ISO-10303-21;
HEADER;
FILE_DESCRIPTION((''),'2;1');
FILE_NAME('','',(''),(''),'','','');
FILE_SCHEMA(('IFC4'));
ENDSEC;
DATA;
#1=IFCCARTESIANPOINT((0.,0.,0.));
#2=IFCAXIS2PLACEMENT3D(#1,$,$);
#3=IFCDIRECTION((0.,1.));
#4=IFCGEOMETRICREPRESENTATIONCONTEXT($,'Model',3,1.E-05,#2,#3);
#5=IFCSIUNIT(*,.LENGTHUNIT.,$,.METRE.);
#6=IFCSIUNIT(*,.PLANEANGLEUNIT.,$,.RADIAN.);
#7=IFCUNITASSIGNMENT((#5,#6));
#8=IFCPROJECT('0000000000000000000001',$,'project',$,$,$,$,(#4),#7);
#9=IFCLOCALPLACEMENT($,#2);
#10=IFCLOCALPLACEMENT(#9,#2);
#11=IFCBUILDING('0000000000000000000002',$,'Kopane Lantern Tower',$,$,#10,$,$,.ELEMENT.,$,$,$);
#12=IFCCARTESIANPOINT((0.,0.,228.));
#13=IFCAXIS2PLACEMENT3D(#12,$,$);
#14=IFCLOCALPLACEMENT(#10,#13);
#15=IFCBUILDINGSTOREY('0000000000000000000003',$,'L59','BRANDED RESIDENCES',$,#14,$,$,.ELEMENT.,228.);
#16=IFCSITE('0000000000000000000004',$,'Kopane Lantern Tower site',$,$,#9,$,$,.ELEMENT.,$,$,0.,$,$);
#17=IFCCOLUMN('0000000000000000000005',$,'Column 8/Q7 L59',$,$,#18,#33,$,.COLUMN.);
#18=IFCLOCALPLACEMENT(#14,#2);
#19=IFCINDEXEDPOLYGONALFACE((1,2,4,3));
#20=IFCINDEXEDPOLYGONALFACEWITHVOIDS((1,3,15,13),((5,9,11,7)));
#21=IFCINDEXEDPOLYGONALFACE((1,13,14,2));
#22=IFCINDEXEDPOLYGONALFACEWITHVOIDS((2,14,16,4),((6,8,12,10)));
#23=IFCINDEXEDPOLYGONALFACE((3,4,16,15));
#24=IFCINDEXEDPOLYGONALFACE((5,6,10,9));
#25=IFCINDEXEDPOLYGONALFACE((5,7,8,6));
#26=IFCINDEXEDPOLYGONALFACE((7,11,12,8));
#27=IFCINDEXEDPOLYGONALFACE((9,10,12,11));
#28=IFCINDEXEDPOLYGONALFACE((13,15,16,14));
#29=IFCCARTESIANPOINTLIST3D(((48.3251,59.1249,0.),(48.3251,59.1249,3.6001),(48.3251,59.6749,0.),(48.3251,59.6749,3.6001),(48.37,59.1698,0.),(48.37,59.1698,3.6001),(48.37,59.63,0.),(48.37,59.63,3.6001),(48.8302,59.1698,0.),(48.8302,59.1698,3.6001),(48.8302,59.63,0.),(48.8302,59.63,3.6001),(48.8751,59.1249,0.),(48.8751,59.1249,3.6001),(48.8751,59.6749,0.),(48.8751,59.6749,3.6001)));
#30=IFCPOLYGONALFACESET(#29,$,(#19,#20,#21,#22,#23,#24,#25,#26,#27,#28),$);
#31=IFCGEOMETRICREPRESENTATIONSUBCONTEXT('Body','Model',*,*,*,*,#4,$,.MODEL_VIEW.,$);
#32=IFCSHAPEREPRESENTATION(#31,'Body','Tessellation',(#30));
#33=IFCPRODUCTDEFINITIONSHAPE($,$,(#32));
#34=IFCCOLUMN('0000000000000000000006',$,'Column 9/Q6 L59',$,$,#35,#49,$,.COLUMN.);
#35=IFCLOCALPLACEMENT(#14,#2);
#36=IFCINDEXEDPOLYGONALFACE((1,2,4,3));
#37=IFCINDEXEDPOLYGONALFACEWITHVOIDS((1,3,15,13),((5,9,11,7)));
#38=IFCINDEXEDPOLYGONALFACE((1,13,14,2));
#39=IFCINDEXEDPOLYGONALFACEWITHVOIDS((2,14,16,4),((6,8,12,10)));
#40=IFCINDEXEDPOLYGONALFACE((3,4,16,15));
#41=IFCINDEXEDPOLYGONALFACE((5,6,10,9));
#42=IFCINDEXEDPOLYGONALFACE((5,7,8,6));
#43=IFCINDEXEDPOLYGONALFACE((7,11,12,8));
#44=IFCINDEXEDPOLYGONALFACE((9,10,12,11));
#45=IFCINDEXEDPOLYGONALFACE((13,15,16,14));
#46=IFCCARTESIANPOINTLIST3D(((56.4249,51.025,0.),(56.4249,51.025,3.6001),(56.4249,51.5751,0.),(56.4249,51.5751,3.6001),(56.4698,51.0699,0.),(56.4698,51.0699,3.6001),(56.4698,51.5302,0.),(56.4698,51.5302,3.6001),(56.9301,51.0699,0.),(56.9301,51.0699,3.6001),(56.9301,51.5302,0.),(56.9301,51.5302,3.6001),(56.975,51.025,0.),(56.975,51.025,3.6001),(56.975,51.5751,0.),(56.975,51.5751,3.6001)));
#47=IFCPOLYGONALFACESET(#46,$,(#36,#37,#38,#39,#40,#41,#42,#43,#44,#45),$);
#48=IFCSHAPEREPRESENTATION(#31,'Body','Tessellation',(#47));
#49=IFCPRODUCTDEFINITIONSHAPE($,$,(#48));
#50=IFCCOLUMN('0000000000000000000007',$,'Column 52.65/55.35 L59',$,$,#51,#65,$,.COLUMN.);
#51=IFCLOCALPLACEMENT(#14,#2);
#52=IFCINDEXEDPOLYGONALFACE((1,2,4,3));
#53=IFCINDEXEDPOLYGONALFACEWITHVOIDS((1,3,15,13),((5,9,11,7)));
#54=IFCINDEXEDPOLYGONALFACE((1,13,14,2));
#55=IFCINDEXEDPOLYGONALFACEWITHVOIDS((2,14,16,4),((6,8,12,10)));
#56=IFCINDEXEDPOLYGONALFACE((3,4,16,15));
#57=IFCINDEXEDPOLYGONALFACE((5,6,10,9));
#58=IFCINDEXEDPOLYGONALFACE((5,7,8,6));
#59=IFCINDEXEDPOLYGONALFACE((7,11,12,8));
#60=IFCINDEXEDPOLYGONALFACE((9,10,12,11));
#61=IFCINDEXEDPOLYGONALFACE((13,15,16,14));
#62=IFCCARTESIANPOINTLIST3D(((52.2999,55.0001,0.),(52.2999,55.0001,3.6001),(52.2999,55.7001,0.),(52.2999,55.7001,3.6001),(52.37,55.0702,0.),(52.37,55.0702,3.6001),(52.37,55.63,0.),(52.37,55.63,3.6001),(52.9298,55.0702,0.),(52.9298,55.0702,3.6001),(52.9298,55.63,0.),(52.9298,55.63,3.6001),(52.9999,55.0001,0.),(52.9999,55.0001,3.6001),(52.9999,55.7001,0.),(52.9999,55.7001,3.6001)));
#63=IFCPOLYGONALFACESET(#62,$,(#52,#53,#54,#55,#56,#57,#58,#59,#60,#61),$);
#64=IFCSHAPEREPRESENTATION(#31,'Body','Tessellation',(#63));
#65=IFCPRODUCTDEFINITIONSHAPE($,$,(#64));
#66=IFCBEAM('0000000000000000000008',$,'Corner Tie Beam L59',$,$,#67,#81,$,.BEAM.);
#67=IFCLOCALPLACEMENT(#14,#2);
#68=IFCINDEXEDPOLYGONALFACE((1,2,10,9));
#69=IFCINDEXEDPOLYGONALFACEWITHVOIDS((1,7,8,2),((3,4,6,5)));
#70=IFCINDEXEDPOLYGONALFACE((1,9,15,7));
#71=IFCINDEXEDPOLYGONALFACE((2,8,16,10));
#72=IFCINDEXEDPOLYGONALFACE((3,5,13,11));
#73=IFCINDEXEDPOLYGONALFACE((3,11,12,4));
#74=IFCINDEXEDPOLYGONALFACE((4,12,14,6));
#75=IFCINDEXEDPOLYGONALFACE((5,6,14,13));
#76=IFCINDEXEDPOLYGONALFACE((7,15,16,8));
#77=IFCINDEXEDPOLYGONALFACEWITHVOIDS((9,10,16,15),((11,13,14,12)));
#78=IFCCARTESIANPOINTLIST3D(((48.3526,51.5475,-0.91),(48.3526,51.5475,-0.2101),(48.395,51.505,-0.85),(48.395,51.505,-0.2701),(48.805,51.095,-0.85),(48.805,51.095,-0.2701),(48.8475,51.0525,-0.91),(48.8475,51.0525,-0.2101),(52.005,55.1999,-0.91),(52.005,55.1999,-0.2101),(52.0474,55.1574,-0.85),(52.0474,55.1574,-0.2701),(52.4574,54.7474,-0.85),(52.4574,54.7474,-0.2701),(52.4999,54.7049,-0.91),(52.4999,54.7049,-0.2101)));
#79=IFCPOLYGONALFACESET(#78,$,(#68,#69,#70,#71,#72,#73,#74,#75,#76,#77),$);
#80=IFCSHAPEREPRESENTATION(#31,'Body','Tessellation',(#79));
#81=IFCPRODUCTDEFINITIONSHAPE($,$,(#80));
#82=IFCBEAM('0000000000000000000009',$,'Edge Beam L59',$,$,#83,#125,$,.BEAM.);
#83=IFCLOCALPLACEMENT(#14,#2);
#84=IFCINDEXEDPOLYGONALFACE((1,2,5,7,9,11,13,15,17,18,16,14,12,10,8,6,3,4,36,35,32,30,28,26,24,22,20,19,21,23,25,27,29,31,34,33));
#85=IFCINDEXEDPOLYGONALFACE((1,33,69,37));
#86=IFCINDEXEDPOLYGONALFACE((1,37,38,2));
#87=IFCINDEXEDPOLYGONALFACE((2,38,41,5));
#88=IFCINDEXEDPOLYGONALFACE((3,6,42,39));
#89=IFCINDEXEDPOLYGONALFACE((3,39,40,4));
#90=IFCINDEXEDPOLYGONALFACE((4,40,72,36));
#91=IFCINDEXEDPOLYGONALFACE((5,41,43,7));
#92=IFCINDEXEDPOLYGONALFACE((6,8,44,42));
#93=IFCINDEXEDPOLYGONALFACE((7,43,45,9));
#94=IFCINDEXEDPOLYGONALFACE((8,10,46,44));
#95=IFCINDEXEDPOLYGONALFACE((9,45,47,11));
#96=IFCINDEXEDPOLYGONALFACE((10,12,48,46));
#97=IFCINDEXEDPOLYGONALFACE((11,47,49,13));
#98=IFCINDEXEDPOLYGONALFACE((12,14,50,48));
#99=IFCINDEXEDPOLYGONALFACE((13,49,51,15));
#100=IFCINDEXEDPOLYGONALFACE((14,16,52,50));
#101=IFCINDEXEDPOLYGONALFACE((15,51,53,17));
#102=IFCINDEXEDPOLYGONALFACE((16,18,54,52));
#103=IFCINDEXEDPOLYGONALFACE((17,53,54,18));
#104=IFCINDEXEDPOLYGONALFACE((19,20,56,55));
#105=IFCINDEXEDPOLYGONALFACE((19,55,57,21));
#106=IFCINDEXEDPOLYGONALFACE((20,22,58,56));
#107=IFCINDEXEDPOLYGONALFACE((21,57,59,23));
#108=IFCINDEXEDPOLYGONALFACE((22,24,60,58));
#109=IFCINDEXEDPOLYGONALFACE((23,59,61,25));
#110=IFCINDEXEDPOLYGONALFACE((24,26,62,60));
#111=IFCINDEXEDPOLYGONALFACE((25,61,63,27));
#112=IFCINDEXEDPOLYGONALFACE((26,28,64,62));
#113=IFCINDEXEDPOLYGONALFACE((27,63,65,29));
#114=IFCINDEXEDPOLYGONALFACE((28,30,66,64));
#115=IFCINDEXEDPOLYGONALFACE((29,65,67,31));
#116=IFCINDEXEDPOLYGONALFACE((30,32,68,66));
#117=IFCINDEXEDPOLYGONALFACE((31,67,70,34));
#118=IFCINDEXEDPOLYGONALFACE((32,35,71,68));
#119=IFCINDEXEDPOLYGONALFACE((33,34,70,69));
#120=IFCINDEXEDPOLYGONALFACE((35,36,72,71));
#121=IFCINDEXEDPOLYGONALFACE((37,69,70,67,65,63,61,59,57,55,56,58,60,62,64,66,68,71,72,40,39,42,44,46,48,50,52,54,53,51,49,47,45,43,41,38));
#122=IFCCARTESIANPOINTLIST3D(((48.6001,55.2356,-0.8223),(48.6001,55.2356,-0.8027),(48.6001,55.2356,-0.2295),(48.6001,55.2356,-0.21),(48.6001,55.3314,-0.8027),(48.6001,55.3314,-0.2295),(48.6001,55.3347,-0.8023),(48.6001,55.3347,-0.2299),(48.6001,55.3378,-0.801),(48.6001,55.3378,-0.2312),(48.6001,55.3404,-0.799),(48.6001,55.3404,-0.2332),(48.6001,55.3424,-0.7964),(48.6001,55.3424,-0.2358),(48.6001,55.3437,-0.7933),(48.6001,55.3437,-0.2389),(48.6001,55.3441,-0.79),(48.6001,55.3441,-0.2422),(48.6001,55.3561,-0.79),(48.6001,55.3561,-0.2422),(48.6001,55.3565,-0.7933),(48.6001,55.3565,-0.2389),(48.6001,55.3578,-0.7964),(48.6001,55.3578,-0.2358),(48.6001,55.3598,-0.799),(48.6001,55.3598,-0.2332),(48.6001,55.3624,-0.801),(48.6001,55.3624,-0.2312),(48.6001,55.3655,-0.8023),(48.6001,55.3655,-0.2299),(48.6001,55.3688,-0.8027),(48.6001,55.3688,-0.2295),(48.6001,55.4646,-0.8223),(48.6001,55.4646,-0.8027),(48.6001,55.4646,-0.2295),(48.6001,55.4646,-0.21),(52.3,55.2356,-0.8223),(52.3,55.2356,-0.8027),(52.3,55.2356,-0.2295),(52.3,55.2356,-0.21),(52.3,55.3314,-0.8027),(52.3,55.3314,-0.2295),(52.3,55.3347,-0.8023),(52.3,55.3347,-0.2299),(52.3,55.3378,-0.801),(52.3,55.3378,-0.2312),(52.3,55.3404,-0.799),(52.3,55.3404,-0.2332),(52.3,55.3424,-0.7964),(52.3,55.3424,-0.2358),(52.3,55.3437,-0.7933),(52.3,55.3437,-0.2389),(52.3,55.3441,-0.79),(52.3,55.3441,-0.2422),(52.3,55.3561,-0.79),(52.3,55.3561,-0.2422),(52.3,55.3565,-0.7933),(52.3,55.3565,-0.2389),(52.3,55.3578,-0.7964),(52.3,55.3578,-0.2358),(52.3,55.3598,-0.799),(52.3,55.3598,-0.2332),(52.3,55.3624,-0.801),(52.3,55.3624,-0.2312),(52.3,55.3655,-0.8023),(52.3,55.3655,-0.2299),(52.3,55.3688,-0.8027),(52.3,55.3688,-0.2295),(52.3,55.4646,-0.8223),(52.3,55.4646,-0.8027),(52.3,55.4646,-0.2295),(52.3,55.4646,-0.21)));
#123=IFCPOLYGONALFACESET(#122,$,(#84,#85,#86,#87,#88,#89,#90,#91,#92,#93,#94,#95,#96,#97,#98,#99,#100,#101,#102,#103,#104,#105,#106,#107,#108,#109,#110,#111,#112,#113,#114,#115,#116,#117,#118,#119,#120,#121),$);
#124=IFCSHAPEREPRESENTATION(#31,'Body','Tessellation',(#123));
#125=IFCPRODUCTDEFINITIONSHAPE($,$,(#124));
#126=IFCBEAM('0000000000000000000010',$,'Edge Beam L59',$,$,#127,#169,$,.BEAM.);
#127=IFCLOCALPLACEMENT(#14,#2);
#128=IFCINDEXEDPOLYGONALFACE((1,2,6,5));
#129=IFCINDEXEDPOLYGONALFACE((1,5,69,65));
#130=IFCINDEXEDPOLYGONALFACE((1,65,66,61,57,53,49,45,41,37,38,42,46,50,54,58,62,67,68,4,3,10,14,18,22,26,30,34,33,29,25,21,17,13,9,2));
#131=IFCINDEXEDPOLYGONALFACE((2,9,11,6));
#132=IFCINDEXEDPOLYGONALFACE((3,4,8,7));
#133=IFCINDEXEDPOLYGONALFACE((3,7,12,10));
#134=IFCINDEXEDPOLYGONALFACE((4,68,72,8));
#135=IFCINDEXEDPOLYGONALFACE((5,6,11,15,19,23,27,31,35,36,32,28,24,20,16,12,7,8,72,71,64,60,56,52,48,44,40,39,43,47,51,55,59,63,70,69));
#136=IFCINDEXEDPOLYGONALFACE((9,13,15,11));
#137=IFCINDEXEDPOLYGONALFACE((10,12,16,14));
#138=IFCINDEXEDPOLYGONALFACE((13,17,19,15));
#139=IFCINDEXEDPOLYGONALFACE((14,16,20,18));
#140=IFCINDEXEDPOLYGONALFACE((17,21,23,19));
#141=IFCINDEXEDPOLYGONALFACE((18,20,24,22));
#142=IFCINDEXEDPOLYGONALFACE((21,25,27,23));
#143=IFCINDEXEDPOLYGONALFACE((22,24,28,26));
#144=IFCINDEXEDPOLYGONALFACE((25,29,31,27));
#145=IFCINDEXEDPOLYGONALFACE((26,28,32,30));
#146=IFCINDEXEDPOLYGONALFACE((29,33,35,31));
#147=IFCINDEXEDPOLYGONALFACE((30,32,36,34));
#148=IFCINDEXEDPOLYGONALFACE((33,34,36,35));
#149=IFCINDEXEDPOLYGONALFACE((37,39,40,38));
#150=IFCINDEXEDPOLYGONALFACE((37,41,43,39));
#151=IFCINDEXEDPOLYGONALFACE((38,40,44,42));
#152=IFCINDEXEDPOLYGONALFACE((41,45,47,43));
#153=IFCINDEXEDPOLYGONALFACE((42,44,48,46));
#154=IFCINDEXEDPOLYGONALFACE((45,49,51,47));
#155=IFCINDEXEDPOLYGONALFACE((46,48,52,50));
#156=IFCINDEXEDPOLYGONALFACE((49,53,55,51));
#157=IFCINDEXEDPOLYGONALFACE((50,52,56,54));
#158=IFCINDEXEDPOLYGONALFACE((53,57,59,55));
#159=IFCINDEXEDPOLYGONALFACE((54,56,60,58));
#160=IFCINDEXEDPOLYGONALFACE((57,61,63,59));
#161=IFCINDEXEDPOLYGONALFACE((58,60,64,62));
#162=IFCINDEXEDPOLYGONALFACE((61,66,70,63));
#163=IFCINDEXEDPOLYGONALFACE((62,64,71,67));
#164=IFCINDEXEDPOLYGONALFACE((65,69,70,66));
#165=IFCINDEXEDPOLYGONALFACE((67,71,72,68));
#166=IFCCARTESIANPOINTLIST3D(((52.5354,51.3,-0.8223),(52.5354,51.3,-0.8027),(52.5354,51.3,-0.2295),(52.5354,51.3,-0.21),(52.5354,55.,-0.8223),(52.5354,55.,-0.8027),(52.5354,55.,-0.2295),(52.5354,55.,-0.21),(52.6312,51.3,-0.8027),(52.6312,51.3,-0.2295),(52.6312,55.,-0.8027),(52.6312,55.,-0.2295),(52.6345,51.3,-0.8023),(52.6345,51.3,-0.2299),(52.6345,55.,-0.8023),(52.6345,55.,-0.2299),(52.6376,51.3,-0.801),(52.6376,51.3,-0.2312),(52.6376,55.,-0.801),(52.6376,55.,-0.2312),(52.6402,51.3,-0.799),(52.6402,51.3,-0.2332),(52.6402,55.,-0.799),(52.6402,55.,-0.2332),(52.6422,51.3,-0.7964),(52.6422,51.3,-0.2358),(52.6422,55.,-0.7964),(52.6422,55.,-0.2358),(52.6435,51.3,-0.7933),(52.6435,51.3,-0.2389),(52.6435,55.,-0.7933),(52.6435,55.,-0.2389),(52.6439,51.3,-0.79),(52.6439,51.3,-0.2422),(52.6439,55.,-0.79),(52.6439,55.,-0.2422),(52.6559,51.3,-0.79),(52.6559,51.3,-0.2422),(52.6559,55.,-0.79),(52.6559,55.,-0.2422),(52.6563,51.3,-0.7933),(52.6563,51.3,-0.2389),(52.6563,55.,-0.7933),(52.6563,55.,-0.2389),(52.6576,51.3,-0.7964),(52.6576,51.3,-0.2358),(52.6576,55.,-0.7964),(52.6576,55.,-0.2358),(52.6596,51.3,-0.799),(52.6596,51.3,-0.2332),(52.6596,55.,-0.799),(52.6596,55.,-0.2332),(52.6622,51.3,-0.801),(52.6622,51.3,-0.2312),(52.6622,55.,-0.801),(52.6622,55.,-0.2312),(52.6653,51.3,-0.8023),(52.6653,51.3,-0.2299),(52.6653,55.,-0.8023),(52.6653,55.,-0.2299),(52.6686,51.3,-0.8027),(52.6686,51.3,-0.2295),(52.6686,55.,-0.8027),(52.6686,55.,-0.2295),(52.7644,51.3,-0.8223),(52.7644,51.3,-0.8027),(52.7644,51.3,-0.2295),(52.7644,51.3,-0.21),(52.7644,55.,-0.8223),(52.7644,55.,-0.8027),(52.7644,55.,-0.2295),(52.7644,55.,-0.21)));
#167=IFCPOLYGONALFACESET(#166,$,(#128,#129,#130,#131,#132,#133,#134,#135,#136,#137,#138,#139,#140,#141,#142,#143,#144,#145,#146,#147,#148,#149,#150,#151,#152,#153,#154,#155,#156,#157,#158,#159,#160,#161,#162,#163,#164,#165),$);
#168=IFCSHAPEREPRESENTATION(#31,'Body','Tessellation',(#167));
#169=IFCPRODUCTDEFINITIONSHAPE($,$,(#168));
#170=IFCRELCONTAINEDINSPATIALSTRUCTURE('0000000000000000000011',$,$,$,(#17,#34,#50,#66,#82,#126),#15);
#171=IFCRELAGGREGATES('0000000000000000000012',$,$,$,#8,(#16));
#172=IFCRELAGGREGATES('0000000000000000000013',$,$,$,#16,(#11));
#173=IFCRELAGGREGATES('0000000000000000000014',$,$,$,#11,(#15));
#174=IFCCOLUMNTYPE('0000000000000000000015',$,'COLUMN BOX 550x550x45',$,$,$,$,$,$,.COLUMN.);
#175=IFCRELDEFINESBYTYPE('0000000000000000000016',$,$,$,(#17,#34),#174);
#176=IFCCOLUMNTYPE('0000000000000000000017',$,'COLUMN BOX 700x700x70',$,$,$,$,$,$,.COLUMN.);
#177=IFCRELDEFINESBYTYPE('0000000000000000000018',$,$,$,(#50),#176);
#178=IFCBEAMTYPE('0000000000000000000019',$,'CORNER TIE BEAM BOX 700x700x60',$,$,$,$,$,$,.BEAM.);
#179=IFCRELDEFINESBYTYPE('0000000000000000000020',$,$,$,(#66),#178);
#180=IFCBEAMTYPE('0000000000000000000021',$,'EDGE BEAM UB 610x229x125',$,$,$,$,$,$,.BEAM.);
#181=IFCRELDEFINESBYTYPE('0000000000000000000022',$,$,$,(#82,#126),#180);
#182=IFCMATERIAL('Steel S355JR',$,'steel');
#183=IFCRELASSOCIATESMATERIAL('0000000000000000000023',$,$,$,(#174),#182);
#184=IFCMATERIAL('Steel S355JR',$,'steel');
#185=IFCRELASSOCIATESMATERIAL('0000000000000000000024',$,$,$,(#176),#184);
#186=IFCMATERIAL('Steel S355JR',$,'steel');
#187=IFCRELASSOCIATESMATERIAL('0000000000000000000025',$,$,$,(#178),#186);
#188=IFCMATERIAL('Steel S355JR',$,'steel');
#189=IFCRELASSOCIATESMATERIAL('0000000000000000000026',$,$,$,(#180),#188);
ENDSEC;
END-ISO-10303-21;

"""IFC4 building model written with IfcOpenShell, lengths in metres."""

from ifc_helpers import new_model, si_unit, direction, frame, origin, origin_2d, place, context, subcontext, project, spatial, hollow_rectangle, i_section, extrude, material, material_profile, profile_set, type_object, element, save


model = new_model("IFC4")

# Units and contexts
model_context = context("Model", 3, precision=1e-05, world=origin(), true_north=direction((0.0, 1.0)))
body_context = subcontext(model_context, "Body", "Model", "MODEL_VIEW")
ifc_project = project(units=[si_unit("LENGTHUNIT", "METRE"), si_unit("PLANEANGLEUNIT", "RADIAN")], contexts=[model_context])

# Site, building, storey
site_placement = place(None, origin())
site = spatial("IfcSite", under=ifc_project, at=site_placement, Name="Kopane Lantern Tower site", CompositionType="ELEMENT", RefElevation=0.0)
building_placement = place(site_placement, origin())
building = spatial("IfcBuilding", under=site, at=building_placement, Name="Kopane Lantern Tower", CompositionType="ELEMENT")
storey_placement = place(building_placement, frame((0.0, 0.0, 228.0)))
storey = spatial("IfcBuildingStorey", under=building, at=storey_placement, Name="L59", Description="BRANDED RESIDENCES", CompositionType="ELEMENT", Elevation=228.0)

# Columns
ifc_material_1 = material(Name="Steel S355JR", Category="steel")
ifc_material_profile_1 = material_profile(ifc_material_1, hollow_rectangle(XDim=0.55, YDim=0.55, WallThickness=0.0449, at=origin_2d()), Name="BOX 550x550x45")
ifc_profile_set_1 = profile_set([ifc_material_profile_1], Name="Steel S355JR")
column_type_1 = type_object("IfcColumnType", Name="COLUMN BOX 550x550x45", PredefinedType="COLUMN", material=ifc_profile_set_1)
for number, where, z_axis, x_axis, name in (
    (1, (48.6001, 59.3999, 0.0), (0.0, 0.0, 1.0), (1.0, 0.0, 0.0), "Column 8/Q7 L59"),
    (2, (56.7, 51.3, 0.0), (0.0, 0.0, 1.0), (1.0, 0.0, 0.0), "Column 9/Q6 L59"),
):
    element("IfcColumn", number, at=place(storey_placement, frame(where, z_axis=z_axis, x_axis=x_axis)), inside=storey, type_object=column_type_1, Name=name, PredefinedType="COLUMN", context=body_context, shape_type="SweptSolid", body=[
        extrude(hollow_rectangle(XDim=0.55, YDim=0.55, WallThickness=0.0449, at=origin_2d()), origin(), (0.0, 0.0, 1.0), 3.6001),
    ])
ifc_material_2 = material(Name="Steel S355JR", Category="steel")
ifc_material_profile_2 = material_profile(ifc_material_2, hollow_rectangle(XDim=0.7, YDim=0.7, WallThickness=0.0701, at=origin_2d()), Name="BOX 700x700x70")
ifc_profile_set_2 = profile_set([ifc_material_profile_2], Name="Steel S355JR")
column_type_2 = type_object("IfcColumnType", Name="COLUMN BOX 700x700x70", PredefinedType="COLUMN", material=ifc_profile_set_2)
column_placement = place(storey_placement, frame((52.6499, 55.3501, 0.0), z_axis=(0.0, 0.0, 1.0), x_axis=(1.0, 0.0, 0.0)))
element("IfcColumn", 3, at=column_placement, inside=storey, type_object=column_type_2, Name="Column 52.65/55.35 L59", PredefinedType="COLUMN", context=body_context, shape_type="SweptSolid", body=[
    extrude(hollow_rectangle(XDim=0.7, YDim=0.7, WallThickness=0.0701, at=origin_2d()), origin(), (0.0, 0.0, 1.0), 3.6001),
])

# Beams
ifc_material_3 = material(Name="Steel S355JR", Category="steel")
ifc_material_profile_3 = material_profile(ifc_material_3, hollow_rectangle(XDim=0.7, YDim=0.7, WallThickness=0.0601, at=origin_2d()), Name="BOX 700x700x60")
ifc_profile_set_3 = profile_set([ifc_material_profile_3], Name="Steel S355JR")
beam_type_1 = type_object("IfcBeamType", Name="CORNER TIE BEAM BOX 700x700x60", PredefinedType="BEAM", material=ifc_profile_set_3)
beam_placement = place(storey_placement, frame((52.2524, 54.9524, -0.5601), z_axis=(-0.707107, -0.707107, 0.0), x_axis=(0.707107, -0.707107, 0.0)))
element("IfcBeam", 4, at=beam_placement, inside=storey, type_object=beam_type_1, Name="Corner Tie Beam L59", PredefinedType="BEAM", context=body_context, shape_type="SweptSolid", body=[
    extrude(hollow_rectangle(XDim=0.7, YDim=0.7, WallThickness=0.0601, at=origin_2d()), origin(), (0.0, 0.0, 1.0), 5.1653),
])
ifc_material_4 = material(Name="Steel S355JR", Category="steel")
ifc_material_profile_4 = material_profile(ifc_material_4, i_section(OverallWidth=0.229, OverallDepth=0.6123, WebThickness=0.012, FlangeThickness=0.0195, FilletRadius=0.0127, at=origin_2d()), Name="UB 610x229x125")
ifc_profile_set_4 = profile_set([ifc_material_profile_4], Name="Steel S355JR")
beam_type_2 = type_object("IfcBeamType", Name="EDGE BEAM UB 610x229x125", PredefinedType="BEAM", material=ifc_profile_set_4)
for number, where, z_axis, x_axis, name in (
    (5, (52.3, 55.3501, -0.5161), (-1.0, 0.0, 0.0), (0.0, -1.0, 0.0), "Edge Beam L59"),
    (6, (52.6499, 55.0, -0.5161), (0.0, -1.0, 0.0), (1.0, 0.0, 0.0), "Edge Beam L59"),
):
    element("IfcBeam", number, at=place(storey_placement, frame(where, z_axis=z_axis, x_axis=x_axis)), inside=storey, type_object=beam_type_2, Name=name, PredefinedType="BEAM", context=body_context, shape_type="SweptSolid", body=[
        extrude(i_section(OverallWidth=0.229, OverallDepth=0.6123, WebThickness=0.012, FlangeThickness=0.0195, FilletRadius=0.0127, at=origin_2d()), origin(), (0.0, 0.0, 1.0), 3.7),
    ])

save(model, "model.ifc")
